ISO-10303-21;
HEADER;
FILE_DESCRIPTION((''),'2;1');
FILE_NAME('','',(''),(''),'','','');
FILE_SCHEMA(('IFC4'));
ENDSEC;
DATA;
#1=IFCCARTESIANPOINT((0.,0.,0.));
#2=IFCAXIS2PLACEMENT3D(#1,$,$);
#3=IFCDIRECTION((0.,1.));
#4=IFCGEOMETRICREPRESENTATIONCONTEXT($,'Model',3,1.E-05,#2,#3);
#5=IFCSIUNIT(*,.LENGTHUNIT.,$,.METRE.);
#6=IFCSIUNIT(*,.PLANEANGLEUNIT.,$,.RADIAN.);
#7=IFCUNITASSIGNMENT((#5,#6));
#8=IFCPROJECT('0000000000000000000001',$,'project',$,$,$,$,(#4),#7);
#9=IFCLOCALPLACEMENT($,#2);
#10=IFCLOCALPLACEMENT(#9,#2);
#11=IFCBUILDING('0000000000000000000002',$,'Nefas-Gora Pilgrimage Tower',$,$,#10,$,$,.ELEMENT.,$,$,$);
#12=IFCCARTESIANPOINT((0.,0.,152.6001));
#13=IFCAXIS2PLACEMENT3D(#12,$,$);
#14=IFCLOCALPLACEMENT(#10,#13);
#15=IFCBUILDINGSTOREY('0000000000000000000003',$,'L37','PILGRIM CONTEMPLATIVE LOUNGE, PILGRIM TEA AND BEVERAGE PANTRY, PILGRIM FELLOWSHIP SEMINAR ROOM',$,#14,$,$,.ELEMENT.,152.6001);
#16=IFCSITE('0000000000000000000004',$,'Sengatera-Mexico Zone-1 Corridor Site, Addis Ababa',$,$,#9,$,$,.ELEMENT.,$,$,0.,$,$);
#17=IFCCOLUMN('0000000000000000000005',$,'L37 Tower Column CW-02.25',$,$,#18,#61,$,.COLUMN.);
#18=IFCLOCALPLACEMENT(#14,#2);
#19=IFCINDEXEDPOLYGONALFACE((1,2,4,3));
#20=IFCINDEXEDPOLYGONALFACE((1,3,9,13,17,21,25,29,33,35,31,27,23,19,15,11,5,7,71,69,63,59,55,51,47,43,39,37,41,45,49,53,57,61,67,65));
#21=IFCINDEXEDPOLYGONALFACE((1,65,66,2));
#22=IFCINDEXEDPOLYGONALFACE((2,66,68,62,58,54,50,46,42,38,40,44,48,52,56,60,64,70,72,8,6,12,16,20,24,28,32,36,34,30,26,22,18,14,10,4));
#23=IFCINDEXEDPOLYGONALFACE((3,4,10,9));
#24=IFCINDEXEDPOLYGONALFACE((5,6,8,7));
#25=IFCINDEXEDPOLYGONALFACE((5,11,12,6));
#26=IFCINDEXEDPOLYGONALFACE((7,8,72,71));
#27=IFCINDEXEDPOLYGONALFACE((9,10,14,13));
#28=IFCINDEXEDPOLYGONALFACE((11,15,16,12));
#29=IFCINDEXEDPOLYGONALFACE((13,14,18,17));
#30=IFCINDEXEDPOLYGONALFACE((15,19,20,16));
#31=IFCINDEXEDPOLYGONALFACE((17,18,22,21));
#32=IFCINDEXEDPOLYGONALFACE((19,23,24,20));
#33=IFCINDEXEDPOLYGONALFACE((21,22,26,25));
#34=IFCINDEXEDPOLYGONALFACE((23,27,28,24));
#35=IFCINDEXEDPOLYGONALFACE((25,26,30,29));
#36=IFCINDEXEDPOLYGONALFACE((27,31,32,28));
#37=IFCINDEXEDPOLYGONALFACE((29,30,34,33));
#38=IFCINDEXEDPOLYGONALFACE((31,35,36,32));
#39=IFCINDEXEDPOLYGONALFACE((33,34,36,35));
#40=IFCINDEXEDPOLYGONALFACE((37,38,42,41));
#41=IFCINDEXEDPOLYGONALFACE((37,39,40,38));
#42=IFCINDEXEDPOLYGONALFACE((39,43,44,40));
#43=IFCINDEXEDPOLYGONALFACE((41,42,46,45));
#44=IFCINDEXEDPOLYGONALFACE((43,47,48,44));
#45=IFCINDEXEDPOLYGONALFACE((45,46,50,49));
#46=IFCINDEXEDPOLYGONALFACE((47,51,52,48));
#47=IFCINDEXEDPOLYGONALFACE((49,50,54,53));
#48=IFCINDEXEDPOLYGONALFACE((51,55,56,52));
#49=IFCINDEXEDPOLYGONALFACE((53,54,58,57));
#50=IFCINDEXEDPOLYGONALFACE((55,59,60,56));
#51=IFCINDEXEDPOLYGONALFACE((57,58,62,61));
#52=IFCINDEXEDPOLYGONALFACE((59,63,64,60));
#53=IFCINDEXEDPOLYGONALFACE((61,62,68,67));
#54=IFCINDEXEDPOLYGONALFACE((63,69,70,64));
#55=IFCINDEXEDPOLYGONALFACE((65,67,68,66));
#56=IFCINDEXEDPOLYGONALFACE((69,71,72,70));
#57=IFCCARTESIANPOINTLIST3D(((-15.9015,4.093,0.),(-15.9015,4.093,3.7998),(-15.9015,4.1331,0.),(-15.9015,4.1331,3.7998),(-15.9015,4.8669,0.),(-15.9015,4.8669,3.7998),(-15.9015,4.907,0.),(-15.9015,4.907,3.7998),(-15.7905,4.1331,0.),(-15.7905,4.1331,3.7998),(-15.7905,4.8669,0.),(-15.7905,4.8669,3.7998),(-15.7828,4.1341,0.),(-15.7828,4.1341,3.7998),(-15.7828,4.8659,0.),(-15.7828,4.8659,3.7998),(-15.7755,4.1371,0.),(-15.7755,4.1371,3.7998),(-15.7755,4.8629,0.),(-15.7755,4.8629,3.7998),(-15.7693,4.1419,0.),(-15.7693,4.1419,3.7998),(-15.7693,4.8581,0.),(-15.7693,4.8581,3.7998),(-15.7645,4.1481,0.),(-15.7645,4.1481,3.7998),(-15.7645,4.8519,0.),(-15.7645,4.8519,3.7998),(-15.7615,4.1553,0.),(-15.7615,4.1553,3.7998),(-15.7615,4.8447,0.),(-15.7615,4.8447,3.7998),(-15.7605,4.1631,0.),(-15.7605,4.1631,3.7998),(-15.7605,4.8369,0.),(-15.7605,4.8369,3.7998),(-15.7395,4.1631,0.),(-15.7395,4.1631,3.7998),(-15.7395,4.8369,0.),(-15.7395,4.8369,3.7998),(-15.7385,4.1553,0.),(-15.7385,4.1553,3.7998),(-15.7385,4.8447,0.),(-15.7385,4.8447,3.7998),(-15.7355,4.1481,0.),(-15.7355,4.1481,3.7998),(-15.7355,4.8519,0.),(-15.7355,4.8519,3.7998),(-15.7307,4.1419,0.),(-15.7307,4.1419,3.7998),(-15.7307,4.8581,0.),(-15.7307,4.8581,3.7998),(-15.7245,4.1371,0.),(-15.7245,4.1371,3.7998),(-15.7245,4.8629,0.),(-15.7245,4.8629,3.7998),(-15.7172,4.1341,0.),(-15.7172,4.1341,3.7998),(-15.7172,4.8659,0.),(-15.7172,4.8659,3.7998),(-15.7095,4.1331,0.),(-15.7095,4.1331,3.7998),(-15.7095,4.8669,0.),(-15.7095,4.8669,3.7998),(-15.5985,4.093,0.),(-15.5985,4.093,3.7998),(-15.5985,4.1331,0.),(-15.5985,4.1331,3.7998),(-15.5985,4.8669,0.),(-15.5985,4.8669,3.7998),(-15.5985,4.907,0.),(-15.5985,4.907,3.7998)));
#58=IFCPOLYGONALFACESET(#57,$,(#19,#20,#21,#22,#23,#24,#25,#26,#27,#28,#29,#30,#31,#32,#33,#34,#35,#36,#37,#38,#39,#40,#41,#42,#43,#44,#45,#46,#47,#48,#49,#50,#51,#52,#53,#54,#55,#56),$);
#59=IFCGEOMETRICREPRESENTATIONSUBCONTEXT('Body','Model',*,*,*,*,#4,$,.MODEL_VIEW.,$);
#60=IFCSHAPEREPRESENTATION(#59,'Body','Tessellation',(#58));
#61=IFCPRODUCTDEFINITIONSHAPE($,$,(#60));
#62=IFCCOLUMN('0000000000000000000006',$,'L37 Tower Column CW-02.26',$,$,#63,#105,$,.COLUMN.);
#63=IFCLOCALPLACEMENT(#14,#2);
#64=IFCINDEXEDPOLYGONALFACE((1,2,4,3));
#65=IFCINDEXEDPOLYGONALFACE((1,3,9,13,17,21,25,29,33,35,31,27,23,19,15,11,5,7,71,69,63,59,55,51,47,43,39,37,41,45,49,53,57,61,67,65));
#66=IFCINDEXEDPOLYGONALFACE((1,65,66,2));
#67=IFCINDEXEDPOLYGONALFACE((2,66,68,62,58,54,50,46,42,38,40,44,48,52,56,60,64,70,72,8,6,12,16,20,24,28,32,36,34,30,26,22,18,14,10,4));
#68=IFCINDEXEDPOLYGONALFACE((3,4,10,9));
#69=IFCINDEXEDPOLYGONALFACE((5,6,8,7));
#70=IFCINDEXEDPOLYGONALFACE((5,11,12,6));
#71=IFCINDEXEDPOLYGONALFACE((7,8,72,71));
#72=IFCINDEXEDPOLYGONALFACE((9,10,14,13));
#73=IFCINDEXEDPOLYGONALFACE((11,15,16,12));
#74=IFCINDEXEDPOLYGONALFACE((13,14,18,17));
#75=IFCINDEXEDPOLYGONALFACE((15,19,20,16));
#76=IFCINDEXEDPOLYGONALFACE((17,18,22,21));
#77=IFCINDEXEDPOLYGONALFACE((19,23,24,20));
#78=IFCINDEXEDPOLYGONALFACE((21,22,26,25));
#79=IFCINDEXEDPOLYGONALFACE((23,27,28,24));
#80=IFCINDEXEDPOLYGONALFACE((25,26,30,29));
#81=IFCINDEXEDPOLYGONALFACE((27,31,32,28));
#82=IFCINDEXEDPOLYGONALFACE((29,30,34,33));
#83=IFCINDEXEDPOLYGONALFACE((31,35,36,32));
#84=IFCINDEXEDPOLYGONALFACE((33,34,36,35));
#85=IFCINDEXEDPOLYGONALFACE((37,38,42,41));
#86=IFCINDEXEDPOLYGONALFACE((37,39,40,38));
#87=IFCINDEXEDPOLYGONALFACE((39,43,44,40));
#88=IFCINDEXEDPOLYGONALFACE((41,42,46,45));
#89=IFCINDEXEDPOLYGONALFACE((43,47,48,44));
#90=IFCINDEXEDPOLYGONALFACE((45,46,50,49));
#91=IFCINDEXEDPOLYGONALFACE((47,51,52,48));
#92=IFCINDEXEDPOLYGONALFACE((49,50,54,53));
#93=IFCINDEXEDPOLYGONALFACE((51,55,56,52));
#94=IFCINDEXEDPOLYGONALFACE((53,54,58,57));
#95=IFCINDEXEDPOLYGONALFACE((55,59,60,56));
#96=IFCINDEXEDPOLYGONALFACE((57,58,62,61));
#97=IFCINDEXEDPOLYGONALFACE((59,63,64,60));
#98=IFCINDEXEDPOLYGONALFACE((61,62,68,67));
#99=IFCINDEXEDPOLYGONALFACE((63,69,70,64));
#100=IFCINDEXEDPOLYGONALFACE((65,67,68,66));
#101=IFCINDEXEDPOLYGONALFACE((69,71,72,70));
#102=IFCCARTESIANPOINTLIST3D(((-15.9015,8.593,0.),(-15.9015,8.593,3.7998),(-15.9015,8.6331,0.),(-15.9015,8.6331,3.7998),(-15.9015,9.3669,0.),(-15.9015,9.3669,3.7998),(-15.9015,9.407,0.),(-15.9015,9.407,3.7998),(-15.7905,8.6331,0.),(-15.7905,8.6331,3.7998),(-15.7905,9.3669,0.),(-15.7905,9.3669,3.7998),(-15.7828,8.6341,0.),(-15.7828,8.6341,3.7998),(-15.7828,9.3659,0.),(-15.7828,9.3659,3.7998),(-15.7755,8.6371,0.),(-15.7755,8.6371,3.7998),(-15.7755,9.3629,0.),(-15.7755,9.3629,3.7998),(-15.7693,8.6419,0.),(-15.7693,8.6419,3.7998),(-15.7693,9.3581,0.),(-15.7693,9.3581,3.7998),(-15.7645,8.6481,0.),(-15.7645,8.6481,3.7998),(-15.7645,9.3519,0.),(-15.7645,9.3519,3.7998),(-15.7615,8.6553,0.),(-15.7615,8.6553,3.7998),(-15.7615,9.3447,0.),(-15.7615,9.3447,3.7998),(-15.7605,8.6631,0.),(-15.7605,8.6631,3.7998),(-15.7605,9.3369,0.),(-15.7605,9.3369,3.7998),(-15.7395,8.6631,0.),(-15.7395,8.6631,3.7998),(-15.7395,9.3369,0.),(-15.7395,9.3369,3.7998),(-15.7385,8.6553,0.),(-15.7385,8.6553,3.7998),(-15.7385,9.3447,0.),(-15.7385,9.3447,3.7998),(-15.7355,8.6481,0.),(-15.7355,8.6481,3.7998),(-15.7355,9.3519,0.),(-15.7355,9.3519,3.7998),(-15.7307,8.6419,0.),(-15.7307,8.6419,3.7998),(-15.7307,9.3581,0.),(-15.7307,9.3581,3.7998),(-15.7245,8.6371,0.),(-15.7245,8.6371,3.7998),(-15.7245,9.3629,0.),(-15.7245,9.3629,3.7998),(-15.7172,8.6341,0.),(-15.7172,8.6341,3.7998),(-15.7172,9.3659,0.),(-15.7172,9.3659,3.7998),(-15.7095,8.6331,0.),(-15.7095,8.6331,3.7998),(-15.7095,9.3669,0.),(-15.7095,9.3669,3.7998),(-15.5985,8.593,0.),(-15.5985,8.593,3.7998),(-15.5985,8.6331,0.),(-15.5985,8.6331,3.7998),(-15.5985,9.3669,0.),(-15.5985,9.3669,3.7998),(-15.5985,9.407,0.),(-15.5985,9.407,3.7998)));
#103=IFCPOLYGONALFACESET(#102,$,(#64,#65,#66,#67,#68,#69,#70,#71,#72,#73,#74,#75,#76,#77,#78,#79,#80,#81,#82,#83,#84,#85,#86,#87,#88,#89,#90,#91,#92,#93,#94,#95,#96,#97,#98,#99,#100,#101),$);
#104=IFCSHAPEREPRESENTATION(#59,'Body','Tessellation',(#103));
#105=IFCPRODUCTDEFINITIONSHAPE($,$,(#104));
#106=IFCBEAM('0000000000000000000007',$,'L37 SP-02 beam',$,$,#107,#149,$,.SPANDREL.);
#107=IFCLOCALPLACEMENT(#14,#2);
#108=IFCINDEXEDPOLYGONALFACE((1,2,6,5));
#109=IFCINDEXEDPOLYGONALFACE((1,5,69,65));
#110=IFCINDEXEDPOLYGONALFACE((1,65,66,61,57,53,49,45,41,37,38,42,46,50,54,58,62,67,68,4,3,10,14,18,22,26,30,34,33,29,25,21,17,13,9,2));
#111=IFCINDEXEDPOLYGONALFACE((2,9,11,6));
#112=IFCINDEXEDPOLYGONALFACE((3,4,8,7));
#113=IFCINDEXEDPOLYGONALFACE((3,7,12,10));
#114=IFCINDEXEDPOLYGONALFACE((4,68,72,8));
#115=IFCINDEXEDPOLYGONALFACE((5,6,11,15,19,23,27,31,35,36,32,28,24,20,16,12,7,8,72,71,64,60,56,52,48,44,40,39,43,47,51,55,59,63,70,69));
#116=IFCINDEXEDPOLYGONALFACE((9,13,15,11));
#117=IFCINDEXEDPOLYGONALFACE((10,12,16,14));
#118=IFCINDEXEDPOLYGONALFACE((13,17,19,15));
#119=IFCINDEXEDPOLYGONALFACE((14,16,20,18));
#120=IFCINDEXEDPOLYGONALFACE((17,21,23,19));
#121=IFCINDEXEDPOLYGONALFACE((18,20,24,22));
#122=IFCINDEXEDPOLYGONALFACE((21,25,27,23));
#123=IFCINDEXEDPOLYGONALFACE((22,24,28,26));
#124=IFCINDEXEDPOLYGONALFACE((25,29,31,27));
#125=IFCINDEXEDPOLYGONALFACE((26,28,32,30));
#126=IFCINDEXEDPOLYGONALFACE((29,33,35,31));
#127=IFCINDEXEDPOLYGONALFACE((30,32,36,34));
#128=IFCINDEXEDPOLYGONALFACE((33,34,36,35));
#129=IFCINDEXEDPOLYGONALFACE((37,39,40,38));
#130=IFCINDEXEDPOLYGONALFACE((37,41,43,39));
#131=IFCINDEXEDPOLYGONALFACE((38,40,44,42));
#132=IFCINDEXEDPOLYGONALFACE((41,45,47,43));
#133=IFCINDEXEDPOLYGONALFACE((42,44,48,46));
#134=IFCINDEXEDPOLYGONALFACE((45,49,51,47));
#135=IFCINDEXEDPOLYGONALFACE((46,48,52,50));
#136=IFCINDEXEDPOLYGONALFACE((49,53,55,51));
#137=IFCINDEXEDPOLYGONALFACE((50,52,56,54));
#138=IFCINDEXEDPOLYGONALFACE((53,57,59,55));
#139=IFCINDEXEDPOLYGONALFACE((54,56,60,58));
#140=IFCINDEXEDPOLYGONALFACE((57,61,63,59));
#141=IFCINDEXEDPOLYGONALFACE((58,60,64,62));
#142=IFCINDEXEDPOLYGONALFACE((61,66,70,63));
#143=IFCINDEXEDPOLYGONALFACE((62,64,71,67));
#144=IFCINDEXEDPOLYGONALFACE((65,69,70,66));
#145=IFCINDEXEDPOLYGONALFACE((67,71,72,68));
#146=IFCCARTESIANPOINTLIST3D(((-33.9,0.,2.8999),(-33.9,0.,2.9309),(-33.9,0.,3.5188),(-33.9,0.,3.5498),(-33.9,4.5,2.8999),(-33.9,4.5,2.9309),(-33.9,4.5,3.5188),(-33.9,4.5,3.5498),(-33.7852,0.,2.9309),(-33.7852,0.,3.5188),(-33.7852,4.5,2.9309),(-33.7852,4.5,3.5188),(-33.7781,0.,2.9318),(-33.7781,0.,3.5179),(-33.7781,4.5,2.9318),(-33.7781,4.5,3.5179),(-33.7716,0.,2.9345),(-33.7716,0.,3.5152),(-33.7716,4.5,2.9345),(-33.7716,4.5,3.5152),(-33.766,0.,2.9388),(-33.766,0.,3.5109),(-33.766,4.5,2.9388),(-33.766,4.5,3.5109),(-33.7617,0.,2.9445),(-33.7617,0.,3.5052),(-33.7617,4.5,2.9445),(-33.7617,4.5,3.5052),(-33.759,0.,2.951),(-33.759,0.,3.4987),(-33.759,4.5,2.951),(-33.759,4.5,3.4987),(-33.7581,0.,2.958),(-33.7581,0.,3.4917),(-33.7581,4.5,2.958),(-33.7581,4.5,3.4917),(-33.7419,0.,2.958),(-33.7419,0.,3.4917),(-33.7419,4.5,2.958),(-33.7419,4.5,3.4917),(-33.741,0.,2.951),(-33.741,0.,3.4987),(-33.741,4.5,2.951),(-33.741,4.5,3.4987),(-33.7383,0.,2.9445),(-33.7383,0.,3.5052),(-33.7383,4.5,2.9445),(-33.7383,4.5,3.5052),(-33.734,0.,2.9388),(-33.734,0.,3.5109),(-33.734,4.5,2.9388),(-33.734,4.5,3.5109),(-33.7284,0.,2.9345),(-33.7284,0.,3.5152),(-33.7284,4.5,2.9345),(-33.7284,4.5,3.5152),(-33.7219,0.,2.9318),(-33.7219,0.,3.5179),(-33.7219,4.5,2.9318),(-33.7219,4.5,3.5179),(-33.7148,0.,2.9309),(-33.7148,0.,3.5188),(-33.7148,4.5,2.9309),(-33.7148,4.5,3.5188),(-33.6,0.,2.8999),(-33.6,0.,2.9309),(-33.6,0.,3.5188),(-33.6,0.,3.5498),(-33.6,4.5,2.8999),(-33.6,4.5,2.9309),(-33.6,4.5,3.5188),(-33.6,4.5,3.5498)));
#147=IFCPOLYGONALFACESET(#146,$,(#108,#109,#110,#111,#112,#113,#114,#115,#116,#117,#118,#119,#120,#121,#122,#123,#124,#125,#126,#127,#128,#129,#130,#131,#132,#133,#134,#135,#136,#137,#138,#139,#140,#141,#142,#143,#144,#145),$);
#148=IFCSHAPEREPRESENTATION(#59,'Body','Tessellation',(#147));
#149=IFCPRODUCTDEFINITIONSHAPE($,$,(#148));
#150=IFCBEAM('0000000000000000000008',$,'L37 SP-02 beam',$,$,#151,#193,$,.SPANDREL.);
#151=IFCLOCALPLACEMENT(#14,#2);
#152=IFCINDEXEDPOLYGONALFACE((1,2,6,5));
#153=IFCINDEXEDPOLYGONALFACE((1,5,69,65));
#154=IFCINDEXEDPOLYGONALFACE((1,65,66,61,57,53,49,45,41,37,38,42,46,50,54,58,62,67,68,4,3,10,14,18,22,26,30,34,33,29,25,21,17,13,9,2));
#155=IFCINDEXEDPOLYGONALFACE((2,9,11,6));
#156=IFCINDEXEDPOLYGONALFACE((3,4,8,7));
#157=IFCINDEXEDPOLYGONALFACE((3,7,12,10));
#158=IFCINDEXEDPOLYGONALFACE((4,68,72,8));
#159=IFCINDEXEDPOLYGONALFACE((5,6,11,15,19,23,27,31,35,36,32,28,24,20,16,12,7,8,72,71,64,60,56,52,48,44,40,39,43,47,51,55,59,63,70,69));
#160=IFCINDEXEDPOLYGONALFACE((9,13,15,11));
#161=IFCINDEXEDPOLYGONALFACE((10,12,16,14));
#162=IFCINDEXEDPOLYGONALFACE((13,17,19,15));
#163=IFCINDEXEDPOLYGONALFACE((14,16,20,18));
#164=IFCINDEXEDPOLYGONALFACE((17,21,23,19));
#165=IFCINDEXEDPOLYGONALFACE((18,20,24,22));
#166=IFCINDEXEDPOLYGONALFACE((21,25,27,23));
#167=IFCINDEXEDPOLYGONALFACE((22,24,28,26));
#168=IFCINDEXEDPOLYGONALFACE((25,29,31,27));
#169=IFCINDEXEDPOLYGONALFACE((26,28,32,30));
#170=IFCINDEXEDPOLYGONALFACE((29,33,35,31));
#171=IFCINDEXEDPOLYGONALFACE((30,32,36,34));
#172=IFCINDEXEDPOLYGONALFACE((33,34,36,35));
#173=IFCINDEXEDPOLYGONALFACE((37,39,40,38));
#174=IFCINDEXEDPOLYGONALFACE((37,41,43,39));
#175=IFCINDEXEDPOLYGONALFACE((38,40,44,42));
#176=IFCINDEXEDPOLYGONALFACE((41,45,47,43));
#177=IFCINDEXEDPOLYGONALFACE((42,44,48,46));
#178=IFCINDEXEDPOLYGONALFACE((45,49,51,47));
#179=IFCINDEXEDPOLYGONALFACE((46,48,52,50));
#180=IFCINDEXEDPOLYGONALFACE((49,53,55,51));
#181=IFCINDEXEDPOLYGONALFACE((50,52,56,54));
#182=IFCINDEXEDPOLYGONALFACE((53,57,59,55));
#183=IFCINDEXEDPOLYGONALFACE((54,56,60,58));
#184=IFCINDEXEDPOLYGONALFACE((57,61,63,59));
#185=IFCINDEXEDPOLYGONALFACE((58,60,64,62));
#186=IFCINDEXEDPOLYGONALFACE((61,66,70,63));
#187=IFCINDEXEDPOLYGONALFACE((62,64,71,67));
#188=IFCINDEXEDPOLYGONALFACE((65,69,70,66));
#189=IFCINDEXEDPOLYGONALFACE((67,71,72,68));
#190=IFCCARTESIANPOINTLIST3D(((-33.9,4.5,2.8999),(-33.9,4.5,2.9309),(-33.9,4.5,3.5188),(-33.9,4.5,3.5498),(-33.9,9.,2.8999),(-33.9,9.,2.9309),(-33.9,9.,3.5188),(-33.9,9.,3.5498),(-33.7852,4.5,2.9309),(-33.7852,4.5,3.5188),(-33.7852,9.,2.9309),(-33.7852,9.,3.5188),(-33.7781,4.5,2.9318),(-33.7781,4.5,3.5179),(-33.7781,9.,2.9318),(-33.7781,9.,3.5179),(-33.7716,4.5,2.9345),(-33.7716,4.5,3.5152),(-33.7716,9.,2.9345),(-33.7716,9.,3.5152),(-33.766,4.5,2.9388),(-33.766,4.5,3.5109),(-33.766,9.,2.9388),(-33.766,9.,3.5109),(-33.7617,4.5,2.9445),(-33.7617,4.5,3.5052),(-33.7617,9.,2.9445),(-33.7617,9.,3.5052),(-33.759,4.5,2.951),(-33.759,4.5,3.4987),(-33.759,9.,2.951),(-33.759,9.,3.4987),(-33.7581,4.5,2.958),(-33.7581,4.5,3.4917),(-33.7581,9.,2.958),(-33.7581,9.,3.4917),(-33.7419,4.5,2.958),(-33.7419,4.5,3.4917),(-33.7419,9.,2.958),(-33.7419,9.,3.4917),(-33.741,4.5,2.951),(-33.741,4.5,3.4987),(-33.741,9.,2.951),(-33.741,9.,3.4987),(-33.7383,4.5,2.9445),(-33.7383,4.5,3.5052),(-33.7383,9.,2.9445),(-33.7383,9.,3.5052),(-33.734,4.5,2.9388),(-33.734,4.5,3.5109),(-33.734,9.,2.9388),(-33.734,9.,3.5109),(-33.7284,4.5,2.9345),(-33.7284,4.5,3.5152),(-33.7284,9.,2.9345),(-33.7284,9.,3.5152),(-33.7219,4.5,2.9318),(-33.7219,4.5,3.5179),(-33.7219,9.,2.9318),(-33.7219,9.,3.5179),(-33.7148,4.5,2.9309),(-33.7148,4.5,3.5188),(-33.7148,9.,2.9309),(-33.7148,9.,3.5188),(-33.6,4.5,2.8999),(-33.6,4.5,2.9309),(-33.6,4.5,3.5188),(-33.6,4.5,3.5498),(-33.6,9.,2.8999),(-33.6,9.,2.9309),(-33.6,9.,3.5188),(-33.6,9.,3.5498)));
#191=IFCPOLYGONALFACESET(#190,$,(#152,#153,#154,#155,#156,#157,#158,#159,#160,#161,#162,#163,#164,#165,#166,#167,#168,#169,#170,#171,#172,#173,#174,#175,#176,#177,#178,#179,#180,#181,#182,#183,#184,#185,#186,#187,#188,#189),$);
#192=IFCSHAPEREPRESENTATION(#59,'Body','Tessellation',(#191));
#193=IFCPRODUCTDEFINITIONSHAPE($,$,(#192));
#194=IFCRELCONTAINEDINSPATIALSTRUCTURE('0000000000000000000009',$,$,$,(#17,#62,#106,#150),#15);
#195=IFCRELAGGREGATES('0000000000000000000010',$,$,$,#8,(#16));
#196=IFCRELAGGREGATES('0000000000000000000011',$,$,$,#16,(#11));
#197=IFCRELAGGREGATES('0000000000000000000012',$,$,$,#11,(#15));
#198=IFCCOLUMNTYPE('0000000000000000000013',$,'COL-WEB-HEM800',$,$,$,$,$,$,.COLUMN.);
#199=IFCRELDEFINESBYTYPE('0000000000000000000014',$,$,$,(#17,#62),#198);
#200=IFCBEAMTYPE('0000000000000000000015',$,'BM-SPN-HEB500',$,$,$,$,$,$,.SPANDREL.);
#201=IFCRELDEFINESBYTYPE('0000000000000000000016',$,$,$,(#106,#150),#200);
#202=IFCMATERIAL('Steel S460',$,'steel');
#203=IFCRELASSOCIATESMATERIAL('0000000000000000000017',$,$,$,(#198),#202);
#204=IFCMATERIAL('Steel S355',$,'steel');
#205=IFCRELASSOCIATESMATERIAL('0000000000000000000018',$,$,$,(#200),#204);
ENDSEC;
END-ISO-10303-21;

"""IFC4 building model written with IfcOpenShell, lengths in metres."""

from ifc_helpers import new_model, si_unit, direction, frame, origin, origin_2d, place, context, subcontext, project, spatial, i_section, extrude, source, transform, mapped, material, material_profile, profile_set, type_object, element, save


model = new_model("IFC4")

# Units and contexts
model_context = context("Model", 3, precision=1e-05, world=origin(), true_north=direction((0.0, 1.0)))
body_context = subcontext(model_context, "Body", "Model", "MODEL_VIEW")
ifc_project = project(units=[si_unit("LENGTHUNIT", "METRE"), si_unit("PLANEANGLEUNIT", "RADIAN")], contexts=[model_context])

# Site, building, storey
site_placement = place(None, origin())
site = spatial("IfcSite", under=ifc_project, at=site_placement, Name="Sengatera-Mexico Zone-1 Corridor Site, Addis Ababa", CompositionType="ELEMENT", RefElevation=0.0)
building_placement = place(site_placement, origin())
building = spatial("IfcBuilding", under=site, at=building_placement, Name="Nefas-Gora Pilgrimage Tower", CompositionType="ELEMENT")
storey_placement = place(building_placement, frame((0.0, 0.0, 152.6001)))
storey = spatial("IfcBuildingStorey", under=building, at=storey_placement, Name="L37", Description="PILGRIM CONTEMPLATIVE LOUNGE, PILGRIM TEA AND BEVERAGE PANTRY, PILGRIM FELLOWSHIP SEMINAR ROOM", CompositionType="ELEMENT", Elevation=152.6001)

# Columns
ifc_material_1 = material(Name="Steel S460", Category="steel")
ifc_material_profile_1 = material_profile(ifc_material_1, i_section(OverallWidth=0.303, OverallDepth=0.814, WebThickness=0.021, FlangeThickness=0.04, FilletRadius=0.03, at=origin_2d()), Name="HEM 800")
ifc_profile_set_1 = profile_set([ifc_material_profile_1], Name="Steel S460")
column_type_1 = type_object("IfcColumnType", Name="COL-WEB-HEM800", PredefinedType="COLUMN", material=ifc_profile_set_1)
shared_shape_1 = source(origin(), body_context, "Body", "SweptSolid", [
    extrude(i_section(OverallWidth=0.303, OverallDepth=0.814, WebThickness=0.021, FlangeThickness=0.04, FilletRadius=0.03, at=origin_2d()), origin(), (0.0, 0.0, 1.0), 3.7998),
])
for number, where, z_axis, x_axis, name in (
    (1, (-15.75, 4.5, 0.0), (0.0, 0.0, 1.0), (1.0, 0.0, 0.0), "L37 Tower Column CW-02.25"),
    (2, (-15.75, 9.0, 0.0), (0.0, 0.0, 1.0), (1.0, 0.0, 0.0), "L37 Tower Column CW-02.26"),
):
    element("IfcColumn", number, at=place(storey_placement, frame(where, z_axis=z_axis, x_axis=x_axis)), inside=storey, type_object=column_type_1, Name=name, PredefinedType="COLUMN", context=body_context, shape_type="MappedRepresentation", body=[
        mapped(shared_shape_1, transform((0.0, 0.0, 0.0), x_axis=(1.0, 0.0, 0.0), y_axis=(0.0, 1.0, 0.0), z_axis=(0.0, 0.0, 1.0), scale=1.0)),
    ])

# Beams
ifc_material_2 = material(Name="Steel S355", Category="steel")
ifc_material_profile_2 = material_profile(ifc_material_2, i_section(OverallWidth=0.3, OverallDepth=0.6499, WebThickness=0.0161, FlangeThickness=0.031, FilletRadius=0.0271, at=origin_2d()), Name="HEB 650")
ifc_profile_set_2 = profile_set([ifc_material_profile_2], Name="Steel S355")
beam_type_1 = type_object("IfcBeamType", Name="BM-SPN-HEB500", PredefinedType="SPANDREL", material=ifc_profile_set_2)
shared_shape_2 = source(origin(), body_context, "Body", "SweptSolid", [
    extrude(i_section(OverallWidth=0.3, OverallDepth=0.6499, WebThickness=0.0161, FlangeThickness=0.031, FilletRadius=0.0271, at=origin_2d()), origin(), (0.0, 0.0, 1.0), 4.5),
])
for number, where, z_axis, x_axis, name in (
    (3, (-33.75, 0.0, 3.2249), (0.0, 1.0, 0.0), (-1.0, 0.0, 0.0), "L37 SP-02 beam"),
    (4, (-33.75, 4.5, 3.2249), (0.0, 1.0, 0.0), (-1.0, 0.0, 0.0), "L37 SP-02 beam"),
):
    element("IfcBeam", number, at=place(storey_placement, frame(where, z_axis=z_axis, x_axis=x_axis)), inside=storey, type_object=beam_type_1, Name=name, PredefinedType="SPANDREL", context=body_context, shape_type="MappedRepresentation", body=[
        mapped(shared_shape_2, transform((0.0, 0.0, 0.0), x_axis=(1.0, 0.0, 0.0), y_axis=(0.0, 1.0, 0.0), z_axis=(0.0, 0.0, 1.0), scale=1.0)),
    ])

save(model, "model.ifc")
